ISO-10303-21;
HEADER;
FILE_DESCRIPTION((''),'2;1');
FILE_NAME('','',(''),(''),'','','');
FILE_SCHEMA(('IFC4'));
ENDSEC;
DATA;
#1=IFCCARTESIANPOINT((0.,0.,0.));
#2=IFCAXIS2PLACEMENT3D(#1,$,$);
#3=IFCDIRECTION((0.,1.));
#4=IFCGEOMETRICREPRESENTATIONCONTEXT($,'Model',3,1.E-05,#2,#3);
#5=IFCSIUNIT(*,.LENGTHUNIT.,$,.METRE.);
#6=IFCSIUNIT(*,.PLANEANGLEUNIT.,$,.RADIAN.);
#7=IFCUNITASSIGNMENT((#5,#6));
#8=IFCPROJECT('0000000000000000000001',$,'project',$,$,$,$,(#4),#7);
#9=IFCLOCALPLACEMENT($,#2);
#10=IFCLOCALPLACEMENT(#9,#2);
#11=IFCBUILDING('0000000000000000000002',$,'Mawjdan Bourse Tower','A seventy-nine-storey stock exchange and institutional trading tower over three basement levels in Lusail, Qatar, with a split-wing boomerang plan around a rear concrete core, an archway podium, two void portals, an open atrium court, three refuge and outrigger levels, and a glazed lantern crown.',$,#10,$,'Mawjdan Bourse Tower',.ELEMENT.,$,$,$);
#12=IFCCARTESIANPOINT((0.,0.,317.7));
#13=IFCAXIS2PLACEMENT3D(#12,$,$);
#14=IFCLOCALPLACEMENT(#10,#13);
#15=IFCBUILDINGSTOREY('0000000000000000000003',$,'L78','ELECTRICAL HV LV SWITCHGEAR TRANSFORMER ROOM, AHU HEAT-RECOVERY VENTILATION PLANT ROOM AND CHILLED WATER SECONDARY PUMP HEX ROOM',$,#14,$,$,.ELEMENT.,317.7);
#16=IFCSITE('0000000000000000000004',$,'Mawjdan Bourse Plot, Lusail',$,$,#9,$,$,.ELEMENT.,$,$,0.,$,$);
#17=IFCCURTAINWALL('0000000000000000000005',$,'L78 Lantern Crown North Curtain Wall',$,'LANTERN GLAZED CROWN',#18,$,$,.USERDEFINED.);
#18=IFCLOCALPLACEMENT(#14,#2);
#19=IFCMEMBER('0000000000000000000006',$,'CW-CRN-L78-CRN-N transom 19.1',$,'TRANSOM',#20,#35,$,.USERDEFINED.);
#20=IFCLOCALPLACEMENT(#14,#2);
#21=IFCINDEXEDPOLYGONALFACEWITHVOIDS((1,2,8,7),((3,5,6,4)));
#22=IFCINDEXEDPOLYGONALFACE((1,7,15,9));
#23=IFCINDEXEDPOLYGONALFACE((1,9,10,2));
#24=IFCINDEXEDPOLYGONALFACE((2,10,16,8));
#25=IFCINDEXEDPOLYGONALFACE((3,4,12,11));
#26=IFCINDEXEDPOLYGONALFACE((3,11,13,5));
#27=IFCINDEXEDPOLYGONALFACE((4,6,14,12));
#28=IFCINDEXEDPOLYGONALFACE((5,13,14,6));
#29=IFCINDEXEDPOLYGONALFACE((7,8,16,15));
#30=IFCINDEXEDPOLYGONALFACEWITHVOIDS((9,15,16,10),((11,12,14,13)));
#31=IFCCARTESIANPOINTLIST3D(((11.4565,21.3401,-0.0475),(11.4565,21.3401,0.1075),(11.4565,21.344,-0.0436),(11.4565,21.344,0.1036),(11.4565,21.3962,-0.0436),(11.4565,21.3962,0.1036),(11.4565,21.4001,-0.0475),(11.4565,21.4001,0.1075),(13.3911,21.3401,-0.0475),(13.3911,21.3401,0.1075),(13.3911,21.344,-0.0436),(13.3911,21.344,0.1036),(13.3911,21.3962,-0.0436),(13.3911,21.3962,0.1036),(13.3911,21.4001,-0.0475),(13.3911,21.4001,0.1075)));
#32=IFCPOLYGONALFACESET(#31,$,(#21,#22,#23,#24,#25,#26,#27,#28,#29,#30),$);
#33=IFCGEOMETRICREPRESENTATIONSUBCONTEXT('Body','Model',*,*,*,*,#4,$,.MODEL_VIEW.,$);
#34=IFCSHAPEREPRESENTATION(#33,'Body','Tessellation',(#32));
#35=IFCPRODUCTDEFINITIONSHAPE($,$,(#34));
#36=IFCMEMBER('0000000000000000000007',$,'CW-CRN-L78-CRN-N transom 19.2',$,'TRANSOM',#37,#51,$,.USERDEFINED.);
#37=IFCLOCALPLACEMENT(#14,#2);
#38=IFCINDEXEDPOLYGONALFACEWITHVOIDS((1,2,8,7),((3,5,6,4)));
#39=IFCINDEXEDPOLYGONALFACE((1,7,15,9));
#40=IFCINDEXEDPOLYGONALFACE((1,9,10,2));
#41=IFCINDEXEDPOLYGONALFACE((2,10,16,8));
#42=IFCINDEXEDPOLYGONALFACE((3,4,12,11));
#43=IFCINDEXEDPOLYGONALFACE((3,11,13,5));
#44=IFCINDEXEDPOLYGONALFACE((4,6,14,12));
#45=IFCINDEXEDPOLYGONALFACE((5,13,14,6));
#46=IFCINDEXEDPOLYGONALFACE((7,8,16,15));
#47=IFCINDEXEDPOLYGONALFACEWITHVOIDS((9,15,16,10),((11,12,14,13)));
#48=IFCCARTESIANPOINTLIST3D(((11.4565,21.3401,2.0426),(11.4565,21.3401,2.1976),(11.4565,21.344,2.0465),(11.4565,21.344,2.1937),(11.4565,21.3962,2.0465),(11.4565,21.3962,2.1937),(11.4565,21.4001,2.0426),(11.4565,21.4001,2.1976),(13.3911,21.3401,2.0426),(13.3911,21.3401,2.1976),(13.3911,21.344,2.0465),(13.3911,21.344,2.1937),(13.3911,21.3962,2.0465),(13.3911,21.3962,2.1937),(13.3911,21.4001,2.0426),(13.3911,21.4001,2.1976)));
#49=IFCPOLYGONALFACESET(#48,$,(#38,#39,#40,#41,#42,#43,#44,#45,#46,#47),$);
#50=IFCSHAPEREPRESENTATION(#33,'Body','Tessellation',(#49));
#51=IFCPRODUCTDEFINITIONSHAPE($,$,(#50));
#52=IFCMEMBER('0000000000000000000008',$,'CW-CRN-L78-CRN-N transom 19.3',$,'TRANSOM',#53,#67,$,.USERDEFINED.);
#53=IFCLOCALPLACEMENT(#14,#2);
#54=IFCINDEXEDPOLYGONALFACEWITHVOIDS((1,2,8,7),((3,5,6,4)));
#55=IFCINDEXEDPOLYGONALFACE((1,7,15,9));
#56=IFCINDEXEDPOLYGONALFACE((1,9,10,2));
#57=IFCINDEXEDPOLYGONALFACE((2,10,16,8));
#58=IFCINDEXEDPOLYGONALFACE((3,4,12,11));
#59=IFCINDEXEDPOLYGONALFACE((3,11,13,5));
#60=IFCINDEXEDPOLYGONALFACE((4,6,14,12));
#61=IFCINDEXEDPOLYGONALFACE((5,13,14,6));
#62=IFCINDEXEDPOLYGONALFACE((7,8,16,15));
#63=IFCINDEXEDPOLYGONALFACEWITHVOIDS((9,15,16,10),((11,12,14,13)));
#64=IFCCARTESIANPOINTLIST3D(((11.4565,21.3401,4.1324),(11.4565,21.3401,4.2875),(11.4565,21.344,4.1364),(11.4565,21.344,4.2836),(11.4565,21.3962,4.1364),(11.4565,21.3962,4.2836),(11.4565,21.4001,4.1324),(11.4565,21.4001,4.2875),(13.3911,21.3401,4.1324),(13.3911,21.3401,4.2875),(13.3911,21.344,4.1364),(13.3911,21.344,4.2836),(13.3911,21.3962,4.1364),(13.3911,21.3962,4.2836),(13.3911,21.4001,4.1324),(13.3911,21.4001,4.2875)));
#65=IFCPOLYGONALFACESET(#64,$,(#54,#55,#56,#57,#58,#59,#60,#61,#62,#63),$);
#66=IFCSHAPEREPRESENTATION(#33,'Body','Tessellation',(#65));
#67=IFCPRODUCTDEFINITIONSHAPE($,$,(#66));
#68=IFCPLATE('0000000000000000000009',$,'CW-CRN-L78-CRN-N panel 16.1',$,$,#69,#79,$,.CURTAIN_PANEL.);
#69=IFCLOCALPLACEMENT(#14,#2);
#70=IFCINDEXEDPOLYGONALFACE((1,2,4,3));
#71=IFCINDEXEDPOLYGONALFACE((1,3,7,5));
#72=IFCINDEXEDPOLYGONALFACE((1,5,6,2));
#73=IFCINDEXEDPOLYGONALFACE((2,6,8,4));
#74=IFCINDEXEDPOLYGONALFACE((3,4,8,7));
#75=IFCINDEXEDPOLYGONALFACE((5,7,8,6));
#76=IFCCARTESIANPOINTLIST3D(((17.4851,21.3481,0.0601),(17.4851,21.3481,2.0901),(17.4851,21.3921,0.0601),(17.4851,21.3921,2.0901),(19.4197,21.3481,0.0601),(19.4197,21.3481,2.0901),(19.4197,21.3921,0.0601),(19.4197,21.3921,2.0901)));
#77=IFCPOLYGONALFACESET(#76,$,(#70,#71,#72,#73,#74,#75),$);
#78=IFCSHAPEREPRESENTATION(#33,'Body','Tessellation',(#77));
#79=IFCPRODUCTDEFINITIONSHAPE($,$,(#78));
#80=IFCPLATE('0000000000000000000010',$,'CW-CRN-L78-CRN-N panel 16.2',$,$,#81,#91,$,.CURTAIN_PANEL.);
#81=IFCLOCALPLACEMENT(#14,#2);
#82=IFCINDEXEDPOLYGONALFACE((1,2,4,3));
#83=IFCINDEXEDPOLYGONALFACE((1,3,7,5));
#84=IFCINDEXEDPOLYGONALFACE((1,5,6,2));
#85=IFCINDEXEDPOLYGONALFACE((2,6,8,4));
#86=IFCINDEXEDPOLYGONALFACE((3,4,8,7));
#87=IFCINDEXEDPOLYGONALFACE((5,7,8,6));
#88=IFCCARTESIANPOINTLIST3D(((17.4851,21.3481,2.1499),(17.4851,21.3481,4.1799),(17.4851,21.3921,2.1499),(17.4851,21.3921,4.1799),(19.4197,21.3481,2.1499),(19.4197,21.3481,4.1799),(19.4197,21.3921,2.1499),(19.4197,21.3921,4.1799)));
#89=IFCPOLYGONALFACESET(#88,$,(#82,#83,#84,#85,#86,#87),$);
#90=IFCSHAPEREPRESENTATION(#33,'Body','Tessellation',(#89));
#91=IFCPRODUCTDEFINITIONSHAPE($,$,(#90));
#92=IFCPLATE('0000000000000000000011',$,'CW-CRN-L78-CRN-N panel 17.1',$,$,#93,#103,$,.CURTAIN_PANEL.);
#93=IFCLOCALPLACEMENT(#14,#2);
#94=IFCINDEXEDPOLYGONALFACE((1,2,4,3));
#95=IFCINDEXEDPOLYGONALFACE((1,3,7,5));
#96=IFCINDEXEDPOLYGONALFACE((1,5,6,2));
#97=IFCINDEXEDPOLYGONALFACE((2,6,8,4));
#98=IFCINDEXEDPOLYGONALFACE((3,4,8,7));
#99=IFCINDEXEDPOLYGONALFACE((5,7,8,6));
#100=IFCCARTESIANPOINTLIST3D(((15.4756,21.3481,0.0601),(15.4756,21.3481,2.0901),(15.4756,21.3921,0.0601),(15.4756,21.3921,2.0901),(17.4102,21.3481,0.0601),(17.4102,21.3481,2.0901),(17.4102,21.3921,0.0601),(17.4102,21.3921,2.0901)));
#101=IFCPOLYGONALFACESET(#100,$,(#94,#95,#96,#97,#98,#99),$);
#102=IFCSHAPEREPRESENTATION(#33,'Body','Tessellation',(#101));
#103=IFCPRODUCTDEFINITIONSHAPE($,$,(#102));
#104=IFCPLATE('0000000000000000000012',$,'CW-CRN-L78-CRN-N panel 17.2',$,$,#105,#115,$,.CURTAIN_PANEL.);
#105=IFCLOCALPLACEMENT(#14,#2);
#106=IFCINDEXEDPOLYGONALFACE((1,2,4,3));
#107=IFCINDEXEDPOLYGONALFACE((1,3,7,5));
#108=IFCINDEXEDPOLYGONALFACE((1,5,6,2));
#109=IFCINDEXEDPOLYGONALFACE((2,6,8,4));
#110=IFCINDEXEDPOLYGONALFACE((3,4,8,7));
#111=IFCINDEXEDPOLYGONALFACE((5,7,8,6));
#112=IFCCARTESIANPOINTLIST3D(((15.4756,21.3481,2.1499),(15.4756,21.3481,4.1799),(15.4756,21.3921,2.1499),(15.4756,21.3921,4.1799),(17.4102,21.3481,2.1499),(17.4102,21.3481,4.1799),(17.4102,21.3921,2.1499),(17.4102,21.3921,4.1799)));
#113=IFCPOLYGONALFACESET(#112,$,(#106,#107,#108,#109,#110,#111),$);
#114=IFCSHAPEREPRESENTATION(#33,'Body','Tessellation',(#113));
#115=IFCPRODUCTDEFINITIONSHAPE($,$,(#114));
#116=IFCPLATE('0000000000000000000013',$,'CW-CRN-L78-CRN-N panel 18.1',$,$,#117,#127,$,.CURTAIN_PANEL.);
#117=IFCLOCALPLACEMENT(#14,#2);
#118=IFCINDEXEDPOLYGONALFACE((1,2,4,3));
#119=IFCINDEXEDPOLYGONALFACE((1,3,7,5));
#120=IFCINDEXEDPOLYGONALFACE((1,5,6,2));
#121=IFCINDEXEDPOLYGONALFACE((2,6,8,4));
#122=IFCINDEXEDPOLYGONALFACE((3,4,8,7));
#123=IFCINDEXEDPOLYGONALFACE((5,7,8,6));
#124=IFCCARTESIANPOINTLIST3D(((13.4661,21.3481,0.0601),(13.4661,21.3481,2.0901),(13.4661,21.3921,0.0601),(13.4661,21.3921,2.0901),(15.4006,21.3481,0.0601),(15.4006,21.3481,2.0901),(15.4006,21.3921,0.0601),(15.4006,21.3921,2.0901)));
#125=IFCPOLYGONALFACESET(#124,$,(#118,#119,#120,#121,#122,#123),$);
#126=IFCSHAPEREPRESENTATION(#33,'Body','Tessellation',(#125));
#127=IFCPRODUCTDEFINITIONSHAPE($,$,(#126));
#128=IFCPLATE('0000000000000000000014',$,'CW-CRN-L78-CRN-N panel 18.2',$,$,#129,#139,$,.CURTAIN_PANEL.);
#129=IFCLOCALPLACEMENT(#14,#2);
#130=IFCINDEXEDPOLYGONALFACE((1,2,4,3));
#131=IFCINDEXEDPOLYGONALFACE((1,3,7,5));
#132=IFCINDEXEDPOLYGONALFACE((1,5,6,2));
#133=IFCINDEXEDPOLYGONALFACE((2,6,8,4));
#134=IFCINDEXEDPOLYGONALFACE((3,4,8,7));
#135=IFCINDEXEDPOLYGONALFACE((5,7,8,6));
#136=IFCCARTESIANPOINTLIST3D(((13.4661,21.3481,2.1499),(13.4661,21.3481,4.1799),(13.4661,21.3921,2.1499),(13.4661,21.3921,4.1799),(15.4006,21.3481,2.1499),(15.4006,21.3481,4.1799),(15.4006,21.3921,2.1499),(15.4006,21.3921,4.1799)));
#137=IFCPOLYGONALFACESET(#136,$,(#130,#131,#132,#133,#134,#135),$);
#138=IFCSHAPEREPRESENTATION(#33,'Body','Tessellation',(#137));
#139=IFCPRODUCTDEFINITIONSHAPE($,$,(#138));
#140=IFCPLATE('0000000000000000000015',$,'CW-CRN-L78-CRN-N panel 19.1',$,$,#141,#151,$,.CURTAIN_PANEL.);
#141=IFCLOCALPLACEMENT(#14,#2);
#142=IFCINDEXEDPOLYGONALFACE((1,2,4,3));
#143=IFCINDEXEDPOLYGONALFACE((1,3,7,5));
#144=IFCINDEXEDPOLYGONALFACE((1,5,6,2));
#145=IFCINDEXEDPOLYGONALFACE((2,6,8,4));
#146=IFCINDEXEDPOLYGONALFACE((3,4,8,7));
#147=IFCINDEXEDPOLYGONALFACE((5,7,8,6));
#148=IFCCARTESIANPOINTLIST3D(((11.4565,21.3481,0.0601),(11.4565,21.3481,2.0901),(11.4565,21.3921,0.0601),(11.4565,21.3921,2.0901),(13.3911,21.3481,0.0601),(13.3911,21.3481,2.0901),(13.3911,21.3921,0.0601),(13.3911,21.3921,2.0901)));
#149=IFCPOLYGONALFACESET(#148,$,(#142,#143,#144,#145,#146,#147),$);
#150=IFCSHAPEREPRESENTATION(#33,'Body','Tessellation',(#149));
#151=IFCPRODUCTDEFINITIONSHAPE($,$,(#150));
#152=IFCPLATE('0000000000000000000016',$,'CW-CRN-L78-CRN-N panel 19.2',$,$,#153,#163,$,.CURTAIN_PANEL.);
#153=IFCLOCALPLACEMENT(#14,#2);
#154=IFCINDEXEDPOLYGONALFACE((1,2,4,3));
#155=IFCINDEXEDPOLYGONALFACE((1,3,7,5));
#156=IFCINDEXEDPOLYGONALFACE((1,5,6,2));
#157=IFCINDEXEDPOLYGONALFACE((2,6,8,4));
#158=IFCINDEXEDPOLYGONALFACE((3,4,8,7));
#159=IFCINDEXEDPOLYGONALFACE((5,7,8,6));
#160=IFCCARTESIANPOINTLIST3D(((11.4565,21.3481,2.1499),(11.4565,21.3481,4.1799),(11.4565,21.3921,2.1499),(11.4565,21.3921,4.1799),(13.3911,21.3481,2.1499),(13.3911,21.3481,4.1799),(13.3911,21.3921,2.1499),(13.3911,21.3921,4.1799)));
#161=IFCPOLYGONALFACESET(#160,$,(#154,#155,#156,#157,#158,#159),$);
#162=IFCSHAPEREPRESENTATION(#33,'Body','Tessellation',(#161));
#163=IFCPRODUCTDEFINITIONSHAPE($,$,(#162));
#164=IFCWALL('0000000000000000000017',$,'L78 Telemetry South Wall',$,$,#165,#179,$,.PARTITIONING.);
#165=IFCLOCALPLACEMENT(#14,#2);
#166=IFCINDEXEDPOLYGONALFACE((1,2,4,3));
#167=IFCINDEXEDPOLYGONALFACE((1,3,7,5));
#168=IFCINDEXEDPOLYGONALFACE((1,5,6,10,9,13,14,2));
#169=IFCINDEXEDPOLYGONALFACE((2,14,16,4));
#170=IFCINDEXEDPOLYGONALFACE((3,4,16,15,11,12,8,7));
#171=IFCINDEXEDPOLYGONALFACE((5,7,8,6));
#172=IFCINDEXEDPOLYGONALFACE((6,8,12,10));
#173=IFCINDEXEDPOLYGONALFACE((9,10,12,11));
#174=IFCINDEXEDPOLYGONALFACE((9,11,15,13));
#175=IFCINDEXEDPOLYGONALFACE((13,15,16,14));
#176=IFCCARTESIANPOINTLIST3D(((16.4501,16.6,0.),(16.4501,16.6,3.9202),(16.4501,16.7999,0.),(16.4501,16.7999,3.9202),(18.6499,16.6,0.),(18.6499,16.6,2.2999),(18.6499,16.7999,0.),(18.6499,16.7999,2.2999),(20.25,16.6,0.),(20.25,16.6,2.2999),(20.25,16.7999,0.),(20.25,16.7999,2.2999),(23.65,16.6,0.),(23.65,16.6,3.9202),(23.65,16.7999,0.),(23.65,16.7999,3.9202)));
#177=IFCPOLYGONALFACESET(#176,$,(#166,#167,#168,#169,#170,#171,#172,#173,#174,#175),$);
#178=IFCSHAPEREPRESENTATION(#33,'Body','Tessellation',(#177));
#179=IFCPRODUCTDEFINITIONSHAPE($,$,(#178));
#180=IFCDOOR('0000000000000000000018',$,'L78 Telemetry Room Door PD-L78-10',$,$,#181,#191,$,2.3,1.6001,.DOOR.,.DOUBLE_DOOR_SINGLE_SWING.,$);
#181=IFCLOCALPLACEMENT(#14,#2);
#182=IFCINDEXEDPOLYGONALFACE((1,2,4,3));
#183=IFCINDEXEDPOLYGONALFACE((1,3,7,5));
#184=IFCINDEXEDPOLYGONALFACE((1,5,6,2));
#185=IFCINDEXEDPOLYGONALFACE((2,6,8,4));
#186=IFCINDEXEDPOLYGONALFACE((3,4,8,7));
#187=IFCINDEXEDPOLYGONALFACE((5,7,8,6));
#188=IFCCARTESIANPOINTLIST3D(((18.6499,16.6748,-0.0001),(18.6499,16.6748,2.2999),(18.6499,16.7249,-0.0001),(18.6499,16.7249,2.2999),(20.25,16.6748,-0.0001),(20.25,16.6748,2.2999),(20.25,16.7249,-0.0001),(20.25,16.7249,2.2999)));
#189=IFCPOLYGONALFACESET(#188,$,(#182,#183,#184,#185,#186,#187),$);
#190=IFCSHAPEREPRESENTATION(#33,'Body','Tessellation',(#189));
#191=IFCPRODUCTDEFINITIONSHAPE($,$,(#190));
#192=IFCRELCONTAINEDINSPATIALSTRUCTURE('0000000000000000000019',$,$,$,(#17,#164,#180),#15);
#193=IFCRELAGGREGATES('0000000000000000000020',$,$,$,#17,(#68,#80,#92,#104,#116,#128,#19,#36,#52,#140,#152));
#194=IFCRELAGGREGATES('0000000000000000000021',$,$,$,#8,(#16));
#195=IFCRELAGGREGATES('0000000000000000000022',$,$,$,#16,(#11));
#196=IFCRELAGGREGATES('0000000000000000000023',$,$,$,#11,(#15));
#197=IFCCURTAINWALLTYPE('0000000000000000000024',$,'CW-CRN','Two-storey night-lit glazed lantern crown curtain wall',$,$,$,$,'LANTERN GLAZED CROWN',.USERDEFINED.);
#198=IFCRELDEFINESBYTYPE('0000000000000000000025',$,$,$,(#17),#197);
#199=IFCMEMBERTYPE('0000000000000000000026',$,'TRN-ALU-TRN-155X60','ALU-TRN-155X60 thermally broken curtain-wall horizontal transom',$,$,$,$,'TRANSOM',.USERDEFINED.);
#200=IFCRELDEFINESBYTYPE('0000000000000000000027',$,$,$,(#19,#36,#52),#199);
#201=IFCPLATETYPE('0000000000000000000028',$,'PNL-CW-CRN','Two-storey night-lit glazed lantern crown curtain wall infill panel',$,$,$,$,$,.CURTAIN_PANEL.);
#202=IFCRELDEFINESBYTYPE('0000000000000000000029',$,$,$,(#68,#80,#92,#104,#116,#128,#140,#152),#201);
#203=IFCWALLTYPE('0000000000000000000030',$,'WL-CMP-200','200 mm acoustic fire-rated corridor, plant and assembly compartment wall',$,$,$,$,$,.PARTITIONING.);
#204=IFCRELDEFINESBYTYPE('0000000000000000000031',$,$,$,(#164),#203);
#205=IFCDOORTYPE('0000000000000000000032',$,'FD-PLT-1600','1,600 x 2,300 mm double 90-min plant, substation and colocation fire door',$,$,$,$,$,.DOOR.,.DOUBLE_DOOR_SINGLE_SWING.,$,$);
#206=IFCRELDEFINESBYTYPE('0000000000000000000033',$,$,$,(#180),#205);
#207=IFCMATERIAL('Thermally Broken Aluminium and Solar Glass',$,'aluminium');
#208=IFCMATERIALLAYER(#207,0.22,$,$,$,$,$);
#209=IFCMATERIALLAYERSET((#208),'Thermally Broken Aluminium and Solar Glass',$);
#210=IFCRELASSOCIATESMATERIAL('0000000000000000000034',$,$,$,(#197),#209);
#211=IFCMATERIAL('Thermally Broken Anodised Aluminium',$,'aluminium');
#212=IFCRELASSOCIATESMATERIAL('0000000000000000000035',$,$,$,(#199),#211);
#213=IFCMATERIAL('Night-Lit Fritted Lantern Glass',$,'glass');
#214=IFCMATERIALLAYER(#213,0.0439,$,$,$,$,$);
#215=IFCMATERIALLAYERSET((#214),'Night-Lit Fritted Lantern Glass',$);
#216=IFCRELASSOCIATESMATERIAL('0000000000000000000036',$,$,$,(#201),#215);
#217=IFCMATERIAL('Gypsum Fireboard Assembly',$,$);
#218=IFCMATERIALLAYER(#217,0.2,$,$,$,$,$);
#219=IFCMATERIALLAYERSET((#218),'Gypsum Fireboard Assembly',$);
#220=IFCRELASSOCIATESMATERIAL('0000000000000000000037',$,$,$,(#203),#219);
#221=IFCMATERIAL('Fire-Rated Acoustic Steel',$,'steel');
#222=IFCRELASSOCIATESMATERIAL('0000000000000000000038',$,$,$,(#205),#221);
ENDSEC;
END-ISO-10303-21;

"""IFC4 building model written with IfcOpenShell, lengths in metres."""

from ifc_helpers import new_model, si_unit, direction, frame, frame_2d, origin, origin_2d, place, context, subcontext, project, spatial, rectangle, hollow_rectangle, extrude, material, layer, layer_set, material_profile, profile_set, type_object, element, fill, aggregate, save


model = new_model("IFC4")

# Units and contexts
model_context = context("Model", 3, precision=1e-05, world=origin(), true_north=direction((0.0, 1.0)))
body_context = subcontext(model_context, "Body", "Model", "MODEL_VIEW")
ifc_project = project(units=[si_unit("LENGTHUNIT", "METRE"), si_unit("PLANEANGLEUNIT", "RADIAN")], contexts=[model_context])

# Site, building, storey
site_placement = place(None, origin())
site = spatial("IfcSite", under=ifc_project, at=site_placement, Name="Mawjdan Bourse Plot, Lusail", CompositionType="ELEMENT", RefElevation=0.0)
building_placement = place(site_placement, origin())
building = spatial("IfcBuilding", under=site, at=building_placement, Name="Mawjdan Bourse Tower", Description="A seventy-nine-storey stock exchange and institutional trading tower over three basement levels in Lusail, Qatar, with a split-wing boomerang plan around a rear concrete core, an archway podium, two void portals, an open atrium court, three refuge and outrigger levels, and a glazed lantern crown.", LongName="Mawjdan Bourse Tower", CompositionType="ELEMENT")
storey_placement = place(building_placement, frame((0.0, 0.0, 317.7)))
storey = spatial("IfcBuildingStorey", under=building, at=storey_placement, Name="L78", Description="ELECTRICAL HV LV SWITCHGEAR TRANSFORMER ROOM, AHU HEAT-RECOVERY VENTILATION PLANT ROOM AND CHILLED WATER SECONDARY PUMP HEX ROOM", CompositionType="ELEMENT", Elevation=317.7)

# Curtain wall, members, plates
ifc_material_1 = material(Name="Thermally Broken Aluminium and Solar Glass", Category="aluminium")
ifc_layer_1 = layer(ifc_material_1, 0.22)
ifc_layer_set_1 = layer_set([ifc_layer_1], Name="Thermally Broken Aluminium and Solar Glass")
curtain_wall_type = type_object("IfcCurtainWallType", Name="CW-CRN", Description="Two-storey night-lit glazed lantern crown curtain wall", ElementType="LANTERN GLAZED CROWN", PredefinedType="USERDEFINED", material=ifc_layer_set_1)
curtain_wall_placement = place(storey_placement, origin())
curtain_wall = element("IfcCurtainWall", 1, at=curtain_wall_placement, inside=storey, type_object=curtain_wall_type, Name="L78 Lantern Crown North Curtain Wall", ObjectType="LANTERN GLAZED CROWN", PredefinedType="USERDEFINED")
ifc_material_2 = material(Name="Thermally Broken Anodised Aluminium", Category="aluminium")
ifc_material_profile_1 = material_profile(ifc_material_2, hollow_rectangle(XDim=0.0601, YDim=0.155, WallThickness=0.0039, at=origin_2d()), Name="ALU-TRN-155X60")
ifc_profile_set_1 = profile_set([ifc_material_profile_1], Name="Thermally Broken Anodised Aluminium")
member_type_1 = type_object("IfcMemberType", Name="TRN-ALU-TRN-155X60", Description="ALU-TRN-155X60 thermally broken curtain-wall horizontal transom", ElementType="TRANSOM", PredefinedType="USERDEFINED", material=ifc_profile_set_1)
member_1_placement = place(storey_placement, frame((13.3911, 21.3701, 0.03), z_axis=(-1.0, 0.0, 0.0), x_axis=(0.0, -1.0, 0.0)))
member_1 = element("IfcMember", 2, at=member_1_placement, type_object=member_type_1, Name="CW-CRN-L78-CRN-N transom 19.1", ObjectType="TRANSOM", PredefinedType="USERDEFINED", context=body_context, shape_type="SweptSolid", body=[
    extrude(hollow_rectangle(XDim=0.0601, YDim=0.155, WallThickness=0.0039, at=origin_2d()), origin(), (0.0, 0.0, 1.0), 1.9346),
])
member_2_placement = place(storey_placement, frame((13.3911, 21.3701, 2.1201), z_axis=(-1.0, 0.0, 0.0), x_axis=(0.0, -1.0, 0.0)))
member_2 = element("IfcMember", 3, at=member_2_placement, type_object=member_type_1, Name="CW-CRN-L78-CRN-N transom 19.2", ObjectType="TRANSOM", PredefinedType="USERDEFINED", context=body_context, shape_type="SweptSolid", body=[
    extrude(hollow_rectangle(XDim=0.0601, YDim=0.155, WallThickness=0.0039, at=origin_2d()), origin(), (0.0, 0.0, 1.0), 1.9346),
])
member_3_placement = place(storey_placement, frame((13.3911, 21.3701, 4.21), z_axis=(-1.0, 0.0, 0.0), x_axis=(0.0, -1.0, 0.0)))
member_3 = element("IfcMember", 4, at=member_3_placement, type_object=member_type_1, Name="CW-CRN-L78-CRN-N transom 19.3", ObjectType="TRANSOM", PredefinedType="USERDEFINED", context=body_context, shape_type="SweptSolid", body=[
    extrude(hollow_rectangle(XDim=0.0601, YDim=0.155, WallThickness=0.0039, at=origin_2d()), origin(), (0.0, 0.0, 1.0), 1.9346),
])
ifc_material_3 = material(Name="Night-Lit Fritted Lantern Glass", Category="glass")
ifc_layer_2 = layer(ifc_material_3, 0.0439)
ifc_layer_set_2 = layer_set([ifc_layer_2], Name="Night-Lit Fritted Lantern Glass")
plate_type = type_object("IfcPlateType", Name="PNL-CW-CRN", Description="Two-storey night-lit glazed lantern crown curtain wall infill panel", PredefinedType="CURTAIN_PANEL", material=ifc_layer_set_2)
plate_1_placement = place(storey_placement, frame((18.4524, 21.3701, 0.0601), z_axis=(0.0, 0.0, 1.0), x_axis=(-1.0, 0.0, 0.0)))
plate_1 = element("IfcPlate", 5, at=plate_1_placement, type_object=plate_type, Name="CW-CRN-L78-CRN-N panel 16.1", PredefinedType="CURTAIN_PANEL", context=body_context, shape_type="SweptSolid", body=[
    extrude(rectangle(XDim=1.9346, YDim=0.0439, at=origin_2d()), origin(), (0.0, 0.0, 1.0), 2.03),
])
plate_2_placement = place(storey_placement, frame((18.4524, 21.3701, 2.1499), z_axis=(0.0, 0.0, 1.0), x_axis=(-1.0, 0.0, 0.0)))
plate_2 = element("IfcPlate", 6, at=plate_2_placement, type_object=plate_type, Name="CW-CRN-L78-CRN-N panel 16.2", PredefinedType="CURTAIN_PANEL", context=body_context, shape_type="SweptSolid", body=[
    extrude(rectangle(XDim=1.9346, YDim=0.0439, at=origin_2d()), origin(), (0.0, 0.0, 1.0), 2.03),
])
plate_3_placement = place(storey_placement, frame((16.4429, 21.3701, 0.0601), z_axis=(0.0, 0.0, 1.0), x_axis=(-1.0, 0.0, 0.0)))
plate_3 = element("IfcPlate", 7, at=plate_3_placement, type_object=plate_type, Name="CW-CRN-L78-CRN-N panel 17.1", PredefinedType="CURTAIN_PANEL", context=body_context, shape_type="SweptSolid", body=[
    extrude(rectangle(XDim=1.9346, YDim=0.0439, at=origin_2d()), origin(), (0.0, 0.0, 1.0), 2.03),
])
plate_4_placement = place(storey_placement, frame((16.4429, 21.3701, 2.1499), z_axis=(0.0, 0.0, 1.0), x_axis=(-1.0, 0.0, 0.0)))
plate_4 = element("IfcPlate", 8, at=plate_4_placement, type_object=plate_type, Name="CW-CRN-L78-CRN-N panel 17.2", PredefinedType="CURTAIN_PANEL", context=body_context, shape_type="SweptSolid", body=[
    extrude(rectangle(XDim=1.9346, YDim=0.0439, at=origin_2d()), origin(), (0.0, 0.0, 1.0), 2.03),
])
plate_5_placement = place(storey_placement, frame((14.4333, 21.3701, 0.0601), z_axis=(0.0, 0.0, 1.0), x_axis=(-1.0, 0.0, 0.0)))
plate_5 = element("IfcPlate", 9, at=plate_5_placement, type_object=plate_type, Name="CW-CRN-L78-CRN-N panel 18.1", PredefinedType="CURTAIN_PANEL", context=body_context, shape_type="SweptSolid", body=[
    extrude(rectangle(XDim=1.9346, YDim=0.0439, at=origin_2d()), origin(), (0.0, 0.0, 1.0), 2.03),
])
plate_6_placement = place(storey_placement, frame((14.4333, 21.3701, 2.1499), z_axis=(0.0, 0.0, 1.0), x_axis=(-1.0, 0.0, 0.0)))
plate_6 = element("IfcPlate", 10, at=plate_6_placement, type_object=plate_type, Name="CW-CRN-L78-CRN-N panel 18.2", PredefinedType="CURTAIN_PANEL", context=body_context, shape_type="SweptSolid", body=[
    extrude(rectangle(XDim=1.9346, YDim=0.0439, at=origin_2d()), origin(), (0.0, 0.0, 1.0), 2.03),
])
plate_7_placement = place(storey_placement, frame((12.4238, 21.3701, 0.0601), z_axis=(0.0, 0.0, 1.0), x_axis=(-1.0, 0.0, 0.0)))
plate_7 = element("IfcPlate", 11, at=plate_7_placement, type_object=plate_type, Name="CW-CRN-L78-CRN-N panel 19.1", PredefinedType="CURTAIN_PANEL", context=body_context, shape_type="SweptSolid", body=[
    extrude(rectangle(XDim=1.9346, YDim=0.0439, at=origin_2d()), origin(), (0.0, 0.0, 1.0), 2.03),
])
plate_8_placement = place(storey_placement, frame((12.4238, 21.3701, 2.1499), z_axis=(0.0, 0.0, 1.0), x_axis=(-1.0, 0.0, 0.0)))
plate_8 = element("IfcPlate", 12, at=plate_8_placement, type_object=plate_type, Name="CW-CRN-L78-CRN-N panel 19.2", PredefinedType="CURTAIN_PANEL", context=body_context, shape_type="SweptSolid", body=[
    extrude(rectangle(XDim=1.9346, YDim=0.0439, at=origin_2d()), origin(), (0.0, 0.0, 1.0), 2.03),
])
aggregate(curtain_wall, [plate_1, plate_2, plate_3, plate_4, plate_5, plate_6, member_1, member_2, member_3, plate_7, plate_8])

# Wall, opening, door
ifc_material_4 = material(Name="Gypsum Fireboard Assembly")
ifc_layer_3 = layer(ifc_material_4, 0.2)
ifc_layer_set_3 = layer_set([ifc_layer_3], Name="Gypsum Fireboard Assembly")
wall_type_1 = type_object("IfcWallType", Name="WL-CMP-200", Description="200 mm acoustic fire-rated corridor, plant and assembly compartment wall", PredefinedType="PARTITIONING", material=ifc_layer_set_3)
wall_1_placement = place(storey_placement, frame((16.45, 16.7, 0.0), z_axis=(0.0, 0.0, 1.0), x_axis=(1.0, 0.0, 0.0)))
wall_1 = element("IfcWall", 13, at=wall_1_placement, inside=storey, type_object=wall_type_1, Name="L78 Telemetry South Wall", PredefinedType="PARTITIONING", context=body_context, shape_type="SweptSolid", body=[
    extrude(rectangle(XDim=7.2, YDim=0.2, at=frame_2d((3.6001, 0.0))), origin(), (0.0, 0.0, 1.0), 3.9202),
])
opening_1_placement = place(wall_1_placement, frame((2.2, 0.0, 0.0)))
opening_1 = element("IfcOpeningElement", 14, at=opening_1_placement, cuts=wall_1, PredefinedType="OPENING", context=body_context, shape_type="SweptSolid", body=[
    extrude(rectangle(XDim=1.6001, YDim=2.3, at=frame_2d((0.8, 1.1499))), frame((0.0, 0.1099, 0.0), z_axis=(0.0, -1.0, 0.0), x_axis=(1.0, 0.0, 0.0)), (0.0, 0.0, 1.0), 0.22),
])
ifc_material_5 = material(Name="Fire-Rated Acoustic Steel", Category="steel")
door_type_1 = type_object("IfcDoorType", Name="FD-PLT-1600", Description="1,600 x 2,300 mm double 90-min plant, substation and colocation fire door", OperationType="DOUBLE_DOOR_SINGLE_SWING", PredefinedType="DOOR", material=ifc_material_5)
door_1_placement = place(opening_1_placement, origin())
door_1 = element("IfcDoor", 15, at=door_1_placement, inside=storey, type_object=door_type_1, Name="L78 Telemetry Room Door PD-L78-10", OperationType="DOUBLE_DOOR_SINGLE_SWING", OverallHeight=2.3, OverallWidth=1.6001, PredefinedType="DOOR", context=body_context, shape_type="SweptSolid", body=[
    extrude(rectangle(XDim=1.6001, YDim=2.3, at=frame_2d((0.8, 1.1499))), frame((0.0, 0.0249, 0.0), z_axis=(0.0, -1.0, 0.0), x_axis=(1.0, 0.0, 0.0)), (0.0, 0.0, 1.0), 0.05),
])
fill(opening_1, door_1)

save(model, "model.ifc")
